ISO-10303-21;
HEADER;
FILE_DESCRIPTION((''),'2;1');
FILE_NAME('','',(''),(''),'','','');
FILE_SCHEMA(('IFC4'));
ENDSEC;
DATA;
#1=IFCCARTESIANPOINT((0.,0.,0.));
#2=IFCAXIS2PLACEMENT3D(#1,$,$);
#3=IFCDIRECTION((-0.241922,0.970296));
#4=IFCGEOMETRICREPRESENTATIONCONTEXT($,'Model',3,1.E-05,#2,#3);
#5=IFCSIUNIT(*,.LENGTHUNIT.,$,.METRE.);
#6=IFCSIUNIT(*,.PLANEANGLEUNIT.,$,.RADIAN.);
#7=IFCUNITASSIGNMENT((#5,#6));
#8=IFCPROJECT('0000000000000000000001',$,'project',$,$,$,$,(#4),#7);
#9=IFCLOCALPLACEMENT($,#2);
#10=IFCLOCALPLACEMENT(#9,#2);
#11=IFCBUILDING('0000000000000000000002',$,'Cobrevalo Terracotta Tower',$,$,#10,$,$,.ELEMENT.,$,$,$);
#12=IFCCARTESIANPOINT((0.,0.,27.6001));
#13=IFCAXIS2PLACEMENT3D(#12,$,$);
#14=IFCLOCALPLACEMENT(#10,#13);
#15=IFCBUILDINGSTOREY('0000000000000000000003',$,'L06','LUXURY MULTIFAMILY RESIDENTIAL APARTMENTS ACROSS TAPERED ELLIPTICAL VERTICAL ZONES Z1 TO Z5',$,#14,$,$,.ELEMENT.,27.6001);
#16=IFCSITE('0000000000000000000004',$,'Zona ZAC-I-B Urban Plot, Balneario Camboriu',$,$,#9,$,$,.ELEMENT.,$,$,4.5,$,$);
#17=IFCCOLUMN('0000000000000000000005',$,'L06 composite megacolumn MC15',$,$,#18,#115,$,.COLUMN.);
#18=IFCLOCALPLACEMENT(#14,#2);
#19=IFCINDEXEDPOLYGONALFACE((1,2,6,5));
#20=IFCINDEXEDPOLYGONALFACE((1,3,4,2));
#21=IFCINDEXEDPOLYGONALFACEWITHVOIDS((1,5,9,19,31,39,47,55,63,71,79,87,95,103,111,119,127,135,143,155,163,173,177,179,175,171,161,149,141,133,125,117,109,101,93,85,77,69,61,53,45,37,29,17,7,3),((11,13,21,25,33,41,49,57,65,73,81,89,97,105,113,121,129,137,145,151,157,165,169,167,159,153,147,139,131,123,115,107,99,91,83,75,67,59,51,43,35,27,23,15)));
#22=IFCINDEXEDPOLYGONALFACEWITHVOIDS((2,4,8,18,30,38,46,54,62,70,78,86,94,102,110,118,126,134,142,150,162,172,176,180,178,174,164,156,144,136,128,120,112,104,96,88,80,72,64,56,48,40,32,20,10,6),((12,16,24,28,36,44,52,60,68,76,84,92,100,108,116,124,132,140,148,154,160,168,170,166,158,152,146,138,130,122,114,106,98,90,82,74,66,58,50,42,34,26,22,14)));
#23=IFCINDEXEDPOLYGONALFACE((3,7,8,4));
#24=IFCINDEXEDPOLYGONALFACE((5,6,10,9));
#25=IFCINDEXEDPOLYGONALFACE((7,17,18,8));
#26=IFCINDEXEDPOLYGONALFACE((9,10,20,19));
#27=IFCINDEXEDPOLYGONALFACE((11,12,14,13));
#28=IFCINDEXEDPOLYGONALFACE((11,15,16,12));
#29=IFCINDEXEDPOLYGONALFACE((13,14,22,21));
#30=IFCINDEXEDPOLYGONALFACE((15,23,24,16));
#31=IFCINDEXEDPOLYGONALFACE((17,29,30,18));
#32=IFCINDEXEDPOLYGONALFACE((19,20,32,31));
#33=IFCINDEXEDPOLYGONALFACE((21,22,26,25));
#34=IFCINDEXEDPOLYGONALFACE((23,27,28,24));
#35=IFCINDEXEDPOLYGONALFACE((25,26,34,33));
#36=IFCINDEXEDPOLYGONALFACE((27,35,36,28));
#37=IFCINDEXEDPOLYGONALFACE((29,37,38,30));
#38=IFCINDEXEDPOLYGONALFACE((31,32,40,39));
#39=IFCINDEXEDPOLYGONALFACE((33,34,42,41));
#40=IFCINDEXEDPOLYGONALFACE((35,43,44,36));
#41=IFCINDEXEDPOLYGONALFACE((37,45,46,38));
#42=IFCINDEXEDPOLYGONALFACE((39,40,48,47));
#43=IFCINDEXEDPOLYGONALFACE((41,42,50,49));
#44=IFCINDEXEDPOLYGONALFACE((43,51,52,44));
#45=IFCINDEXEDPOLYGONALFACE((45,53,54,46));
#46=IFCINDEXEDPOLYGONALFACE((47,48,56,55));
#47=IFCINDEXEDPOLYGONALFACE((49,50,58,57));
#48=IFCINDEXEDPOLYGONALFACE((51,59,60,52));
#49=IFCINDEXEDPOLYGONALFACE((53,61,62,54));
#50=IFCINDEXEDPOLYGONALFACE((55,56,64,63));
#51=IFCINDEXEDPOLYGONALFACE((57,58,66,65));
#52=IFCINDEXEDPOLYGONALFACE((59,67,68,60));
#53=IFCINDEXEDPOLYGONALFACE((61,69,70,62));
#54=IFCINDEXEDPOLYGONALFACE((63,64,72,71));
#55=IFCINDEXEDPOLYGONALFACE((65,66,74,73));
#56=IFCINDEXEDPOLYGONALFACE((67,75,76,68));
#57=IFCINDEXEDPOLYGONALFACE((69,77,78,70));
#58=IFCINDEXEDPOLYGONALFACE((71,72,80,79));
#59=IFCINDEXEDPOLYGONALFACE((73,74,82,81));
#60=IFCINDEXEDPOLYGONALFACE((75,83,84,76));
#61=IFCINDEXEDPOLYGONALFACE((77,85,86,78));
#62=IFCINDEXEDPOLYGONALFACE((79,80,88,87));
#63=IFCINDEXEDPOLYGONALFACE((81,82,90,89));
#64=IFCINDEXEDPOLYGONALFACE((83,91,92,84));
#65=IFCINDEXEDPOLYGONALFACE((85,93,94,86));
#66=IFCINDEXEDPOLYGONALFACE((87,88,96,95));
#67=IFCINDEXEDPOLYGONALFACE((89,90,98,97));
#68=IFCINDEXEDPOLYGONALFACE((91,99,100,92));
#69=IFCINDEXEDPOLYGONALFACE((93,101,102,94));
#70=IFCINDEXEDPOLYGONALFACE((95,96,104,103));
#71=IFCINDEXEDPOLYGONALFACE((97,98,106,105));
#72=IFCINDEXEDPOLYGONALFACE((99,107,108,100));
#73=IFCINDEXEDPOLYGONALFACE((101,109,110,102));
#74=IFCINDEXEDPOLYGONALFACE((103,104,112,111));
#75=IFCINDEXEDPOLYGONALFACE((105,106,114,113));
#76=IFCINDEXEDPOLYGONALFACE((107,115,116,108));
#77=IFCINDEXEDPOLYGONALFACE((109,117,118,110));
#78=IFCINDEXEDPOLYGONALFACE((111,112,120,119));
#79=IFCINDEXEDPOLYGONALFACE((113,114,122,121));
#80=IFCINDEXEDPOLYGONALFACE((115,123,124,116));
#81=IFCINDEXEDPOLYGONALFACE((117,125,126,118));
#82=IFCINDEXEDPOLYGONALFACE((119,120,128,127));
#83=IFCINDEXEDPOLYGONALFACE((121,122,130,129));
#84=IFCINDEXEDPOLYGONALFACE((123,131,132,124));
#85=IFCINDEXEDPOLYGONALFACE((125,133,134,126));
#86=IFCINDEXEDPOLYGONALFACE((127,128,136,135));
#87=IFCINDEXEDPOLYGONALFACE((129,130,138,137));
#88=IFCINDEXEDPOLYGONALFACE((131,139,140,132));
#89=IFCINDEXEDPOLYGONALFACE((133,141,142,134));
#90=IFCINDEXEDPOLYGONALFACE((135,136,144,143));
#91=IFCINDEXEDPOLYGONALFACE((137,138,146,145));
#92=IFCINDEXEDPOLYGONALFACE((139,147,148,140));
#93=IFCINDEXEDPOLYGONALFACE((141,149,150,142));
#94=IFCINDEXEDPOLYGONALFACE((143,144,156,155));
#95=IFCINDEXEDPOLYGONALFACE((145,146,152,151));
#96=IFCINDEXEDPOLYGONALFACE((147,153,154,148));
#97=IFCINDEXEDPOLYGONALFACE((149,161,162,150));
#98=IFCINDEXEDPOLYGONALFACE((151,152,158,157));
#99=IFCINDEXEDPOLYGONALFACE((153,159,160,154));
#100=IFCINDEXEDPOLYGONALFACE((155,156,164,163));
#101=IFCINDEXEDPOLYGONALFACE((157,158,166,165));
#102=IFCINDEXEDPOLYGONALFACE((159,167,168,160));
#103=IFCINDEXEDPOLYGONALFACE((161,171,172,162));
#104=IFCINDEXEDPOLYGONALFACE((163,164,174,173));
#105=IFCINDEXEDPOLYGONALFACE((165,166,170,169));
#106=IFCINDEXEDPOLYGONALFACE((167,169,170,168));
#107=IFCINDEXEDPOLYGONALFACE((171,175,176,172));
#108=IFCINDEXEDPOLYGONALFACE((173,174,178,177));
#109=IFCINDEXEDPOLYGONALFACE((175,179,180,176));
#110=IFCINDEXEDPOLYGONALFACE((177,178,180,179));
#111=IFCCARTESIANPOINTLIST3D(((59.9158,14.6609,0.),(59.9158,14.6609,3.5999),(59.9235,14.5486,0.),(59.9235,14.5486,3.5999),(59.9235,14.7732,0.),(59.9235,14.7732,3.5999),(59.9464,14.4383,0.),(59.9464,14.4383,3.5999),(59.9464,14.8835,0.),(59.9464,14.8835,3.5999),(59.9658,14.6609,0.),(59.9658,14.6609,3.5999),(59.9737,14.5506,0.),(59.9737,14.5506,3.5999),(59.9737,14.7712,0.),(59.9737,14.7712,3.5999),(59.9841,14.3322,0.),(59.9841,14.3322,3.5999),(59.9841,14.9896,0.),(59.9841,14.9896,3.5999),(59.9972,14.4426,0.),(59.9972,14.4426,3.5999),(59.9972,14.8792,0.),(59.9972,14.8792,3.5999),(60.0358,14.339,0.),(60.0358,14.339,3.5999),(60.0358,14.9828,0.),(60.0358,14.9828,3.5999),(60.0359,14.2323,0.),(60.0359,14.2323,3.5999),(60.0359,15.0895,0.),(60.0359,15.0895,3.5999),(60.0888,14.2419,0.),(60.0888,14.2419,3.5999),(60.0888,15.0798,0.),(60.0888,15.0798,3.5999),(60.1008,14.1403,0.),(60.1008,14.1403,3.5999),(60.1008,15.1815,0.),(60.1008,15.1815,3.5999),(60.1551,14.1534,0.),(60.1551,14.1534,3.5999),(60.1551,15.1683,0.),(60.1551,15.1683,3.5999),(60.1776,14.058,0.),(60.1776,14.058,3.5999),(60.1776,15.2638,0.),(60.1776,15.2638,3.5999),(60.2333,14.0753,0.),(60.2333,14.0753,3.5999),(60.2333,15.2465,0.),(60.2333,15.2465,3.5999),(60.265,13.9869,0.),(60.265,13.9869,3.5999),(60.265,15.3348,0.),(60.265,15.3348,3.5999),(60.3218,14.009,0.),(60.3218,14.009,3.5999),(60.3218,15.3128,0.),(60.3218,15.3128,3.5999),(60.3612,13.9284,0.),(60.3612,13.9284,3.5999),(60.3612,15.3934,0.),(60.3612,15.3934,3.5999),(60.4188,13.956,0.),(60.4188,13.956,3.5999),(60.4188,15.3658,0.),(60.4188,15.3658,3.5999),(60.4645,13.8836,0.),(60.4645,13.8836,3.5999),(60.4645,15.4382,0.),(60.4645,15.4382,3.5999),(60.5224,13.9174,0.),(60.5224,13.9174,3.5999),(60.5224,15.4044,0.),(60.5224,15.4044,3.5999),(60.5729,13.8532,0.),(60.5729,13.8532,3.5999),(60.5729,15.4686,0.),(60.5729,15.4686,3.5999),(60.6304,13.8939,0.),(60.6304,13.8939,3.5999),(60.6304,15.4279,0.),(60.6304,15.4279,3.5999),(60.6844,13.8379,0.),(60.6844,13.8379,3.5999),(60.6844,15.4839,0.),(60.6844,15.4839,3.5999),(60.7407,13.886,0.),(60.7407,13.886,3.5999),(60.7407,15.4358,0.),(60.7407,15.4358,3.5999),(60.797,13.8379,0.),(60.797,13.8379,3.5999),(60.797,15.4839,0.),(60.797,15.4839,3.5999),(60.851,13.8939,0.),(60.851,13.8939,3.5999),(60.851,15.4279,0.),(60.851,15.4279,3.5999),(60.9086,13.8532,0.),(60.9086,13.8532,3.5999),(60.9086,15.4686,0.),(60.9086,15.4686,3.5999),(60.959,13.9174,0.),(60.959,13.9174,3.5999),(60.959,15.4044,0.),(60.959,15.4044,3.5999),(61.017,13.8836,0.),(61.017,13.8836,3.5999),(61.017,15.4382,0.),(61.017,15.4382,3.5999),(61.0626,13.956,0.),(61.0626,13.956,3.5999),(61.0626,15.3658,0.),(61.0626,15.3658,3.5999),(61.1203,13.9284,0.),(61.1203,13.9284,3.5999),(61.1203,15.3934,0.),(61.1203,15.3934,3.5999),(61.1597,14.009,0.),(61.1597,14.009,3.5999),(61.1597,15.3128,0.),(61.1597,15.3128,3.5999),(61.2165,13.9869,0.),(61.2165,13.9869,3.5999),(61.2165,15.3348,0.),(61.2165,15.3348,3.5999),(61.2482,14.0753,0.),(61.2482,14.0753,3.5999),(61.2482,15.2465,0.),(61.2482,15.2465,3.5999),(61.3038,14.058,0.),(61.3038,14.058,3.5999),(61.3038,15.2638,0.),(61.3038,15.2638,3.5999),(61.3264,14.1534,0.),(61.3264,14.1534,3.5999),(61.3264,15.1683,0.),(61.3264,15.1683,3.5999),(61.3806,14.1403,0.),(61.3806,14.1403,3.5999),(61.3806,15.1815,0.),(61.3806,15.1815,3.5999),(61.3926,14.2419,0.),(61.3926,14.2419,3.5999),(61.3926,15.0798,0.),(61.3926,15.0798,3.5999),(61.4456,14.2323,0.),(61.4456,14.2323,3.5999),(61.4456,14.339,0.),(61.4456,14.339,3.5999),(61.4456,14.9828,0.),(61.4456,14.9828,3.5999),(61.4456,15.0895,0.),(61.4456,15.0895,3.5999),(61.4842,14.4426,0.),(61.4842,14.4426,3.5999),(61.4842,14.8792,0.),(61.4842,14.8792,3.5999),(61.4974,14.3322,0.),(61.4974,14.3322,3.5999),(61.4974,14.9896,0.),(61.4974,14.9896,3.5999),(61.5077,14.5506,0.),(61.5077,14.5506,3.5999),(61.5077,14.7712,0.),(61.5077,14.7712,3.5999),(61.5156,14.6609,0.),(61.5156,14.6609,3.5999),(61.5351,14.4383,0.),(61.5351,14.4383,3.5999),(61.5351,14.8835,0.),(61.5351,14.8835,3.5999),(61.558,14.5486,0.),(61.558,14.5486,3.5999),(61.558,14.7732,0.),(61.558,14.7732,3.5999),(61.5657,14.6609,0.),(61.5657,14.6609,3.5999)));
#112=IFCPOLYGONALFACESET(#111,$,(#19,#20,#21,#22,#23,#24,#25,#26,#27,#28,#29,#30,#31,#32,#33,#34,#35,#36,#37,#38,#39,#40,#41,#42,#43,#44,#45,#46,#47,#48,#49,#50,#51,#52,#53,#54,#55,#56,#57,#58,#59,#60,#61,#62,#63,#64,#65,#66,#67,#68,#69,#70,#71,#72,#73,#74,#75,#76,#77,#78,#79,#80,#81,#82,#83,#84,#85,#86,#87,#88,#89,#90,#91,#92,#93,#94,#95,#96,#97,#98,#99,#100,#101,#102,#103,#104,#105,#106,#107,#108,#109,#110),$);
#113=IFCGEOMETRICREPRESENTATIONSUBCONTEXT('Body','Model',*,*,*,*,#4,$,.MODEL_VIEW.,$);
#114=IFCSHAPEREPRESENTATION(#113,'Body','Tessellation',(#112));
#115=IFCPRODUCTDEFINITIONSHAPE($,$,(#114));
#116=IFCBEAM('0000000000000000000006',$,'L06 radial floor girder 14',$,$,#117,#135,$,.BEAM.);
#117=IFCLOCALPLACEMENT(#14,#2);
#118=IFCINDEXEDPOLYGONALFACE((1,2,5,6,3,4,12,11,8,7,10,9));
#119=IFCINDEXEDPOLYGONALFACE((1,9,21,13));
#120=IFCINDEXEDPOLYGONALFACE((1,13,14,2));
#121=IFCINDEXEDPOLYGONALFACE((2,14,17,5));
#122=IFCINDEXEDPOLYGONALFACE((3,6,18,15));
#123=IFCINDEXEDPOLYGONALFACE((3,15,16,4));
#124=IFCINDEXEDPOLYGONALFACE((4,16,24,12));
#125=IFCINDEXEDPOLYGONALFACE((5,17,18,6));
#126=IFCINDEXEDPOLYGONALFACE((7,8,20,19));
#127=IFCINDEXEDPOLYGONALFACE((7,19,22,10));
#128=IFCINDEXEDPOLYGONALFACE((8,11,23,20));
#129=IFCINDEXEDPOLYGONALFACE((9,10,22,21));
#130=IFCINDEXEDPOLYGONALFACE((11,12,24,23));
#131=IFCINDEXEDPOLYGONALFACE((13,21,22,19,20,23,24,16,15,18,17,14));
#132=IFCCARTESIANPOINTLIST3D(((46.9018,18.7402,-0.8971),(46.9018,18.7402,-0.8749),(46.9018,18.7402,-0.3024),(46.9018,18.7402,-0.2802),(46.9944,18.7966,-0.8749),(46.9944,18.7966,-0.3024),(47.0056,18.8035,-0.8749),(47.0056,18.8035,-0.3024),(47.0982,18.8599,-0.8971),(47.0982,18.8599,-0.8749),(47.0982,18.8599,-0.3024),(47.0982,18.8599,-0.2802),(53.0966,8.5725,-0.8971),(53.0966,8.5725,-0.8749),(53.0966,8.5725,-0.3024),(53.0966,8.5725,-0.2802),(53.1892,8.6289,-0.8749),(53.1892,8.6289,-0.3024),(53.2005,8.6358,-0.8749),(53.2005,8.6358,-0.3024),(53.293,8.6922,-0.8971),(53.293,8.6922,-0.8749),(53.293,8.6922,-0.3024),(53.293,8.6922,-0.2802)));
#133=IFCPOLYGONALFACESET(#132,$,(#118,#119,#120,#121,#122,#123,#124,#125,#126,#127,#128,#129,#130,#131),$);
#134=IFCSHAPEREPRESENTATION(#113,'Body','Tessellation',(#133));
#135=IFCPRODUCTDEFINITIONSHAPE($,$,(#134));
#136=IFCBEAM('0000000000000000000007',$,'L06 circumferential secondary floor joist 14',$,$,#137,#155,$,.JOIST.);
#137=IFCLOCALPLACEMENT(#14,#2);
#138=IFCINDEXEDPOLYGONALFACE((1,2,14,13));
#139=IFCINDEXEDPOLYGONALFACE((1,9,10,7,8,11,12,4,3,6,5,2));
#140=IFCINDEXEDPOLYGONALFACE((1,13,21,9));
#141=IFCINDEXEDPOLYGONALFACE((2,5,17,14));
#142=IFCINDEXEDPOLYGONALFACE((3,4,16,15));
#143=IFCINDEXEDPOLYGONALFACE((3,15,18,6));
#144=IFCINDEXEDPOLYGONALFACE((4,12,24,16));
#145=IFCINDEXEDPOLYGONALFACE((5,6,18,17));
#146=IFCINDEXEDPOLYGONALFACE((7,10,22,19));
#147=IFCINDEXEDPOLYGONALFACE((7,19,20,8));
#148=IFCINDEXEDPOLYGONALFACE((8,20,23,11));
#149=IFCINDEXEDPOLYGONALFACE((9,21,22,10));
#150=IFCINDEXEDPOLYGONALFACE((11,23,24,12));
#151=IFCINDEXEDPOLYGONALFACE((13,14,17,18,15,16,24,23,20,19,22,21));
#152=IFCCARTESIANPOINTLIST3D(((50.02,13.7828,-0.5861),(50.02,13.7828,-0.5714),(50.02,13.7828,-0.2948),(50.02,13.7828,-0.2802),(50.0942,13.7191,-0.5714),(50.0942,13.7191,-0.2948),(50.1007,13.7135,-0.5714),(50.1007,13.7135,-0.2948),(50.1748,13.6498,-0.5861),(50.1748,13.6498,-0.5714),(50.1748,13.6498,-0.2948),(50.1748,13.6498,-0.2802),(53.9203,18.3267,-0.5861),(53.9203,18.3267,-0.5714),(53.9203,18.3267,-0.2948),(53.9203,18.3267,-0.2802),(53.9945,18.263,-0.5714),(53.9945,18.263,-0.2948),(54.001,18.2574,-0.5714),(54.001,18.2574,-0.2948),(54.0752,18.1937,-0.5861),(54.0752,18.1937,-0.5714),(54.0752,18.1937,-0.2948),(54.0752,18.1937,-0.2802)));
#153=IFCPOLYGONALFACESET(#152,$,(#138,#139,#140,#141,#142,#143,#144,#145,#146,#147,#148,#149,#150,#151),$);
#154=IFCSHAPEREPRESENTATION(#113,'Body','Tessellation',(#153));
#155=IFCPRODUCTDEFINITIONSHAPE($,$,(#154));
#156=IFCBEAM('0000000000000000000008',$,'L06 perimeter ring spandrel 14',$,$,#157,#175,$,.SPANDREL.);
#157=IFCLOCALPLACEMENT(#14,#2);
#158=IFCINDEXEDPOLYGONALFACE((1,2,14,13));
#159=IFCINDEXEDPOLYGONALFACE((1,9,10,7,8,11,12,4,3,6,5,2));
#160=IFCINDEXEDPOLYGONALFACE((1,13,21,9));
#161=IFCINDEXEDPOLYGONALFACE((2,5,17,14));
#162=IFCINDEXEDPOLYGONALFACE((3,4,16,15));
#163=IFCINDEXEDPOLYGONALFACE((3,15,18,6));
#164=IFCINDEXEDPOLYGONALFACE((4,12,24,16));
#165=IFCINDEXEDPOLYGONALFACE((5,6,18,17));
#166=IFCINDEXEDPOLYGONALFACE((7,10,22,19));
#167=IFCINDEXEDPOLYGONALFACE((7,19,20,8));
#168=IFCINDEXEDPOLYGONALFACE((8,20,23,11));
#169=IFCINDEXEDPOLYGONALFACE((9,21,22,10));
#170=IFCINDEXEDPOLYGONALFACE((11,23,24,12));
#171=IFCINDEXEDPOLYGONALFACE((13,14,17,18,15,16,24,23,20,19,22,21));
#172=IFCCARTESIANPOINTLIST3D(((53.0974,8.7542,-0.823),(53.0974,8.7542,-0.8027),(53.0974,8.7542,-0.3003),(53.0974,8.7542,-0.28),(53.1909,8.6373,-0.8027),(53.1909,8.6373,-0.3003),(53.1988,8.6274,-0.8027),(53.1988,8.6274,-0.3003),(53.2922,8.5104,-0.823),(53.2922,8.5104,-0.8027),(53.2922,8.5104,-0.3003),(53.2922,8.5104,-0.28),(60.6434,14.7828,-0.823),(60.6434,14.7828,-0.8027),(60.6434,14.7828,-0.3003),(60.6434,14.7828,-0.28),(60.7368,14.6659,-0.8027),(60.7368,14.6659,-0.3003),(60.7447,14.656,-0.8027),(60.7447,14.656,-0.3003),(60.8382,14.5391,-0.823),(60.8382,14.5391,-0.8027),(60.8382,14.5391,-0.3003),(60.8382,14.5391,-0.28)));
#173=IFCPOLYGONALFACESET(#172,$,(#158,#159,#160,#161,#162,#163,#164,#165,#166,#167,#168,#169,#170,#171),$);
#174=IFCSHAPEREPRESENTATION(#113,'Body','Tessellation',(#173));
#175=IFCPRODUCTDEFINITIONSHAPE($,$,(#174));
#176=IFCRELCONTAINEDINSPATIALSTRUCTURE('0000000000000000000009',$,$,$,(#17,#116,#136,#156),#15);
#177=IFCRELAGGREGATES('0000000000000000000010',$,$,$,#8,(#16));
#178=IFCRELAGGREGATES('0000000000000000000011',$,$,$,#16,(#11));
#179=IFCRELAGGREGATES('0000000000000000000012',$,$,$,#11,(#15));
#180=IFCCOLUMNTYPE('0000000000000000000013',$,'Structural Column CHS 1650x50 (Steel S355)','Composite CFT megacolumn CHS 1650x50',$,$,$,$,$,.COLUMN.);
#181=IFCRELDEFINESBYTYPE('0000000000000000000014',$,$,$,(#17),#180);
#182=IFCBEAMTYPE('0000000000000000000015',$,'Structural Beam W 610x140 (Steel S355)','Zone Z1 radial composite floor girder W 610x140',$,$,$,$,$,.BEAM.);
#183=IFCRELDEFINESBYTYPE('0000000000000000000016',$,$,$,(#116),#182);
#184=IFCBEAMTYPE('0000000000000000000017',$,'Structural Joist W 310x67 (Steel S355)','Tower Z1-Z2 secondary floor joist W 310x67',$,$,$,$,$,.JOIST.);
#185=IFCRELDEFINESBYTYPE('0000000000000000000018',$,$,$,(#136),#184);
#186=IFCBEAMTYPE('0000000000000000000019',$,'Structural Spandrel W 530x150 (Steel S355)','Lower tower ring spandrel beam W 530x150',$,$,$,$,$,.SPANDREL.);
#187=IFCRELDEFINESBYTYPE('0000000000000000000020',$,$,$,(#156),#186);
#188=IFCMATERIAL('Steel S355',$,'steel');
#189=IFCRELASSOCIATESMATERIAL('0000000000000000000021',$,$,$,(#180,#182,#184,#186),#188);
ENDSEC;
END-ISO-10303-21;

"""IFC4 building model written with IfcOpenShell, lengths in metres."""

from ifc_helpers import new_model, si_unit, direction, frame, origin, origin_2d, place, context, subcontext, project, spatial, hollow_circle, i_section, extrude, material, material_profile, profile_set, type_object, element, save


model = new_model("IFC4")

# Units and contexts
model_context = context("Model", 3, precision=1e-05, world=origin(), true_north=direction((-0.241922, 0.970296)))
body_context = subcontext(model_context, "Body", "Model", "MODEL_VIEW")
ifc_project = project(units=[si_unit("LENGTHUNIT", "METRE"), si_unit("PLANEANGLEUNIT", "RADIAN")], contexts=[model_context])

# Site, building, storey
site_placement = place(None, origin())
site = spatial("IfcSite", under=ifc_project, at=site_placement, Name="Zona ZAC-I-B Urban Plot, Balneario Camboriu", CompositionType="ELEMENT", RefElevation=4.5)
building_placement = place(site_placement, origin())
building = spatial("IfcBuilding", under=site, at=building_placement, Name="Cobrevalo Terracotta Tower", CompositionType="ELEMENT")
storey_placement = place(building_placement, frame((0.0, 0.0, 27.6001)))
storey = spatial("IfcBuildingStorey", under=building, at=storey_placement, Name="L06", Description="LUXURY MULTIFAMILY RESIDENTIAL APARTMENTS ACROSS TAPERED ELLIPTICAL VERTICAL ZONES Z1 TO Z5", CompositionType="ELEMENT", Elevation=27.6001)

# Column
ifc_material_1 = material(Name="Steel S355", Category="steel")
ifc_material_profile_1 = material_profile(ifc_material_1, hollow_circle(Radius=0.825, WallThickness=0.05, at=origin_2d()), Name="CHS 1650x50")
ifc_profile_set_1 = profile_set([ifc_material_profile_1], Name="Steel S355")
column_type = type_object("IfcColumnType", Name="Structural Column CHS 1650x50 (Steel S355)", Description="Composite CFT megacolumn CHS 1650x50", PredefinedType="COLUMN", material=ifc_profile_set_1)
for number, where, z_axis, x_axis, name in (
    (1, (60.7407, 14.6609, 0.0), (0.0, 0.0, 1.0), (1.0, 0.0, 0.0), "L06 composite megacolumn MC15"),
):
    element("IfcColumn", number, at=place(storey_placement, frame(where, z_axis=z_axis, x_axis=x_axis)), inside=storey, type_object=column_type, Name=name, PredefinedType="COLUMN", context=body_context, shape_type="SweptSolid", body=[
        extrude(hollow_circle(Radius=0.825, WallThickness=0.05, at=origin_2d()), origin(), (0.0, 0.0, 1.0), 3.5999),
    ])

# Beams
ifc_material_profile_2 = material_profile(ifc_material_1, i_section(OverallWidth=0.23, OverallDepth=0.6169, WebThickness=0.0132, FlangeThickness=0.0222, at=origin_2d()), Name="W 610x140")
ifc_profile_set_2 = profile_set([ifc_material_profile_2], Name="Steel S355")
beam_type_1 = type_object("IfcBeamType", Name="Structural Beam W 610x140 (Steel S355)", Description="Zone Z1 radial composite floor girder W 610x140", PredefinedType="BEAM", material=ifc_profile_set_2)
beam_1_placement = place(storey_placement, frame((53.1948, 8.6323, -0.5886), z_axis=(-0.520301, 0.853983, 0.0), x_axis=(-0.853983, -0.520301, 0.0)))
element("IfcBeam", 2, at=beam_1_placement, inside=storey, type_object=beam_type_1, Name="L06 radial floor girder 14", PredefinedType="BEAM", context=body_context, shape_type="SweptSolid", body=[
    extrude(i_section(OverallWidth=0.23, OverallDepth=0.6169, WebThickness=0.0132, FlangeThickness=0.0222, at=origin_2d()), origin(), (0.0, 0.0, 1.0), 11.9062),
])
ifc_material_profile_3 = material_profile(ifc_material_1, i_section(OverallWidth=0.2041, OverallDepth=0.3059, WebThickness=0.0085, FlangeThickness=0.0146, at=origin_2d()), Name="W 310x67")
ifc_profile_set_3 = profile_set([ifc_material_profile_3], Name="Steel S355")
beam_type_2 = type_object("IfcBeamType", Name="Structural Joist W 310x67 (Steel S355)", Description="Tower Z1-Z2 secondary floor joist W 310x67", PredefinedType="JOIST", material=ifc_profile_set_3)
beam_2_placement = place(storey_placement, frame((50.0974, 13.7163, -0.4331), z_axis=(0.651328, 0.758796, 0.0), x_axis=(-0.758796, 0.651328, 0.0)))
element("IfcBeam", 3, at=beam_2_placement, inside=storey, type_object=beam_type_2, Name="L06 circumferential secondary floor joist 14", PredefinedType="JOIST", context=body_context, shape_type="SweptSolid", body=[
    extrude(i_section(OverallWidth=0.2041, OverallDepth=0.3059, WebThickness=0.0085, FlangeThickness=0.0146, at=origin_2d()), origin(), (0.0, 0.0, 1.0), 5.9883),
])
ifc_material_profile_4 = material_profile(ifc_material_1, i_section(OverallWidth=0.312, OverallDepth=0.543, WebThickness=0.0127, FlangeThickness=0.0203, at=origin_2d()), Name="W 530x150")
ifc_profile_set_4 = profile_set([ifc_material_profile_4], Name="Steel S355")
beam_type_3 = type_object("IfcBeamType", Name="Structural Spandrel W 530x150 (Steel S355)", Description="Lower tower ring spandrel beam W 530x150", PredefinedType="SPANDREL", material=ifc_profile_set_4)
beam_3_placement = place(storey_placement, frame((53.1948, 8.6323, -0.5515), z_axis=(0.78128, 0.62418, 0.0), x_axis=(-0.62418, 0.78128, 0.0)))
element("IfcBeam", 4, at=beam_3_placement, inside=storey, type_object=beam_type_3, Name="L06 perimeter ring spandrel 14", PredefinedType="SPANDREL", context=body_context, shape_type="SweptSolid", body=[
    extrude(i_section(OverallWidth=0.312, OverallDepth=0.543, WebThickness=0.0127, FlangeThickness=0.0203, at=origin_2d()), origin(), (0.0, 0.0, 1.0), 9.6584),
])

save(model, "model.ifc")
